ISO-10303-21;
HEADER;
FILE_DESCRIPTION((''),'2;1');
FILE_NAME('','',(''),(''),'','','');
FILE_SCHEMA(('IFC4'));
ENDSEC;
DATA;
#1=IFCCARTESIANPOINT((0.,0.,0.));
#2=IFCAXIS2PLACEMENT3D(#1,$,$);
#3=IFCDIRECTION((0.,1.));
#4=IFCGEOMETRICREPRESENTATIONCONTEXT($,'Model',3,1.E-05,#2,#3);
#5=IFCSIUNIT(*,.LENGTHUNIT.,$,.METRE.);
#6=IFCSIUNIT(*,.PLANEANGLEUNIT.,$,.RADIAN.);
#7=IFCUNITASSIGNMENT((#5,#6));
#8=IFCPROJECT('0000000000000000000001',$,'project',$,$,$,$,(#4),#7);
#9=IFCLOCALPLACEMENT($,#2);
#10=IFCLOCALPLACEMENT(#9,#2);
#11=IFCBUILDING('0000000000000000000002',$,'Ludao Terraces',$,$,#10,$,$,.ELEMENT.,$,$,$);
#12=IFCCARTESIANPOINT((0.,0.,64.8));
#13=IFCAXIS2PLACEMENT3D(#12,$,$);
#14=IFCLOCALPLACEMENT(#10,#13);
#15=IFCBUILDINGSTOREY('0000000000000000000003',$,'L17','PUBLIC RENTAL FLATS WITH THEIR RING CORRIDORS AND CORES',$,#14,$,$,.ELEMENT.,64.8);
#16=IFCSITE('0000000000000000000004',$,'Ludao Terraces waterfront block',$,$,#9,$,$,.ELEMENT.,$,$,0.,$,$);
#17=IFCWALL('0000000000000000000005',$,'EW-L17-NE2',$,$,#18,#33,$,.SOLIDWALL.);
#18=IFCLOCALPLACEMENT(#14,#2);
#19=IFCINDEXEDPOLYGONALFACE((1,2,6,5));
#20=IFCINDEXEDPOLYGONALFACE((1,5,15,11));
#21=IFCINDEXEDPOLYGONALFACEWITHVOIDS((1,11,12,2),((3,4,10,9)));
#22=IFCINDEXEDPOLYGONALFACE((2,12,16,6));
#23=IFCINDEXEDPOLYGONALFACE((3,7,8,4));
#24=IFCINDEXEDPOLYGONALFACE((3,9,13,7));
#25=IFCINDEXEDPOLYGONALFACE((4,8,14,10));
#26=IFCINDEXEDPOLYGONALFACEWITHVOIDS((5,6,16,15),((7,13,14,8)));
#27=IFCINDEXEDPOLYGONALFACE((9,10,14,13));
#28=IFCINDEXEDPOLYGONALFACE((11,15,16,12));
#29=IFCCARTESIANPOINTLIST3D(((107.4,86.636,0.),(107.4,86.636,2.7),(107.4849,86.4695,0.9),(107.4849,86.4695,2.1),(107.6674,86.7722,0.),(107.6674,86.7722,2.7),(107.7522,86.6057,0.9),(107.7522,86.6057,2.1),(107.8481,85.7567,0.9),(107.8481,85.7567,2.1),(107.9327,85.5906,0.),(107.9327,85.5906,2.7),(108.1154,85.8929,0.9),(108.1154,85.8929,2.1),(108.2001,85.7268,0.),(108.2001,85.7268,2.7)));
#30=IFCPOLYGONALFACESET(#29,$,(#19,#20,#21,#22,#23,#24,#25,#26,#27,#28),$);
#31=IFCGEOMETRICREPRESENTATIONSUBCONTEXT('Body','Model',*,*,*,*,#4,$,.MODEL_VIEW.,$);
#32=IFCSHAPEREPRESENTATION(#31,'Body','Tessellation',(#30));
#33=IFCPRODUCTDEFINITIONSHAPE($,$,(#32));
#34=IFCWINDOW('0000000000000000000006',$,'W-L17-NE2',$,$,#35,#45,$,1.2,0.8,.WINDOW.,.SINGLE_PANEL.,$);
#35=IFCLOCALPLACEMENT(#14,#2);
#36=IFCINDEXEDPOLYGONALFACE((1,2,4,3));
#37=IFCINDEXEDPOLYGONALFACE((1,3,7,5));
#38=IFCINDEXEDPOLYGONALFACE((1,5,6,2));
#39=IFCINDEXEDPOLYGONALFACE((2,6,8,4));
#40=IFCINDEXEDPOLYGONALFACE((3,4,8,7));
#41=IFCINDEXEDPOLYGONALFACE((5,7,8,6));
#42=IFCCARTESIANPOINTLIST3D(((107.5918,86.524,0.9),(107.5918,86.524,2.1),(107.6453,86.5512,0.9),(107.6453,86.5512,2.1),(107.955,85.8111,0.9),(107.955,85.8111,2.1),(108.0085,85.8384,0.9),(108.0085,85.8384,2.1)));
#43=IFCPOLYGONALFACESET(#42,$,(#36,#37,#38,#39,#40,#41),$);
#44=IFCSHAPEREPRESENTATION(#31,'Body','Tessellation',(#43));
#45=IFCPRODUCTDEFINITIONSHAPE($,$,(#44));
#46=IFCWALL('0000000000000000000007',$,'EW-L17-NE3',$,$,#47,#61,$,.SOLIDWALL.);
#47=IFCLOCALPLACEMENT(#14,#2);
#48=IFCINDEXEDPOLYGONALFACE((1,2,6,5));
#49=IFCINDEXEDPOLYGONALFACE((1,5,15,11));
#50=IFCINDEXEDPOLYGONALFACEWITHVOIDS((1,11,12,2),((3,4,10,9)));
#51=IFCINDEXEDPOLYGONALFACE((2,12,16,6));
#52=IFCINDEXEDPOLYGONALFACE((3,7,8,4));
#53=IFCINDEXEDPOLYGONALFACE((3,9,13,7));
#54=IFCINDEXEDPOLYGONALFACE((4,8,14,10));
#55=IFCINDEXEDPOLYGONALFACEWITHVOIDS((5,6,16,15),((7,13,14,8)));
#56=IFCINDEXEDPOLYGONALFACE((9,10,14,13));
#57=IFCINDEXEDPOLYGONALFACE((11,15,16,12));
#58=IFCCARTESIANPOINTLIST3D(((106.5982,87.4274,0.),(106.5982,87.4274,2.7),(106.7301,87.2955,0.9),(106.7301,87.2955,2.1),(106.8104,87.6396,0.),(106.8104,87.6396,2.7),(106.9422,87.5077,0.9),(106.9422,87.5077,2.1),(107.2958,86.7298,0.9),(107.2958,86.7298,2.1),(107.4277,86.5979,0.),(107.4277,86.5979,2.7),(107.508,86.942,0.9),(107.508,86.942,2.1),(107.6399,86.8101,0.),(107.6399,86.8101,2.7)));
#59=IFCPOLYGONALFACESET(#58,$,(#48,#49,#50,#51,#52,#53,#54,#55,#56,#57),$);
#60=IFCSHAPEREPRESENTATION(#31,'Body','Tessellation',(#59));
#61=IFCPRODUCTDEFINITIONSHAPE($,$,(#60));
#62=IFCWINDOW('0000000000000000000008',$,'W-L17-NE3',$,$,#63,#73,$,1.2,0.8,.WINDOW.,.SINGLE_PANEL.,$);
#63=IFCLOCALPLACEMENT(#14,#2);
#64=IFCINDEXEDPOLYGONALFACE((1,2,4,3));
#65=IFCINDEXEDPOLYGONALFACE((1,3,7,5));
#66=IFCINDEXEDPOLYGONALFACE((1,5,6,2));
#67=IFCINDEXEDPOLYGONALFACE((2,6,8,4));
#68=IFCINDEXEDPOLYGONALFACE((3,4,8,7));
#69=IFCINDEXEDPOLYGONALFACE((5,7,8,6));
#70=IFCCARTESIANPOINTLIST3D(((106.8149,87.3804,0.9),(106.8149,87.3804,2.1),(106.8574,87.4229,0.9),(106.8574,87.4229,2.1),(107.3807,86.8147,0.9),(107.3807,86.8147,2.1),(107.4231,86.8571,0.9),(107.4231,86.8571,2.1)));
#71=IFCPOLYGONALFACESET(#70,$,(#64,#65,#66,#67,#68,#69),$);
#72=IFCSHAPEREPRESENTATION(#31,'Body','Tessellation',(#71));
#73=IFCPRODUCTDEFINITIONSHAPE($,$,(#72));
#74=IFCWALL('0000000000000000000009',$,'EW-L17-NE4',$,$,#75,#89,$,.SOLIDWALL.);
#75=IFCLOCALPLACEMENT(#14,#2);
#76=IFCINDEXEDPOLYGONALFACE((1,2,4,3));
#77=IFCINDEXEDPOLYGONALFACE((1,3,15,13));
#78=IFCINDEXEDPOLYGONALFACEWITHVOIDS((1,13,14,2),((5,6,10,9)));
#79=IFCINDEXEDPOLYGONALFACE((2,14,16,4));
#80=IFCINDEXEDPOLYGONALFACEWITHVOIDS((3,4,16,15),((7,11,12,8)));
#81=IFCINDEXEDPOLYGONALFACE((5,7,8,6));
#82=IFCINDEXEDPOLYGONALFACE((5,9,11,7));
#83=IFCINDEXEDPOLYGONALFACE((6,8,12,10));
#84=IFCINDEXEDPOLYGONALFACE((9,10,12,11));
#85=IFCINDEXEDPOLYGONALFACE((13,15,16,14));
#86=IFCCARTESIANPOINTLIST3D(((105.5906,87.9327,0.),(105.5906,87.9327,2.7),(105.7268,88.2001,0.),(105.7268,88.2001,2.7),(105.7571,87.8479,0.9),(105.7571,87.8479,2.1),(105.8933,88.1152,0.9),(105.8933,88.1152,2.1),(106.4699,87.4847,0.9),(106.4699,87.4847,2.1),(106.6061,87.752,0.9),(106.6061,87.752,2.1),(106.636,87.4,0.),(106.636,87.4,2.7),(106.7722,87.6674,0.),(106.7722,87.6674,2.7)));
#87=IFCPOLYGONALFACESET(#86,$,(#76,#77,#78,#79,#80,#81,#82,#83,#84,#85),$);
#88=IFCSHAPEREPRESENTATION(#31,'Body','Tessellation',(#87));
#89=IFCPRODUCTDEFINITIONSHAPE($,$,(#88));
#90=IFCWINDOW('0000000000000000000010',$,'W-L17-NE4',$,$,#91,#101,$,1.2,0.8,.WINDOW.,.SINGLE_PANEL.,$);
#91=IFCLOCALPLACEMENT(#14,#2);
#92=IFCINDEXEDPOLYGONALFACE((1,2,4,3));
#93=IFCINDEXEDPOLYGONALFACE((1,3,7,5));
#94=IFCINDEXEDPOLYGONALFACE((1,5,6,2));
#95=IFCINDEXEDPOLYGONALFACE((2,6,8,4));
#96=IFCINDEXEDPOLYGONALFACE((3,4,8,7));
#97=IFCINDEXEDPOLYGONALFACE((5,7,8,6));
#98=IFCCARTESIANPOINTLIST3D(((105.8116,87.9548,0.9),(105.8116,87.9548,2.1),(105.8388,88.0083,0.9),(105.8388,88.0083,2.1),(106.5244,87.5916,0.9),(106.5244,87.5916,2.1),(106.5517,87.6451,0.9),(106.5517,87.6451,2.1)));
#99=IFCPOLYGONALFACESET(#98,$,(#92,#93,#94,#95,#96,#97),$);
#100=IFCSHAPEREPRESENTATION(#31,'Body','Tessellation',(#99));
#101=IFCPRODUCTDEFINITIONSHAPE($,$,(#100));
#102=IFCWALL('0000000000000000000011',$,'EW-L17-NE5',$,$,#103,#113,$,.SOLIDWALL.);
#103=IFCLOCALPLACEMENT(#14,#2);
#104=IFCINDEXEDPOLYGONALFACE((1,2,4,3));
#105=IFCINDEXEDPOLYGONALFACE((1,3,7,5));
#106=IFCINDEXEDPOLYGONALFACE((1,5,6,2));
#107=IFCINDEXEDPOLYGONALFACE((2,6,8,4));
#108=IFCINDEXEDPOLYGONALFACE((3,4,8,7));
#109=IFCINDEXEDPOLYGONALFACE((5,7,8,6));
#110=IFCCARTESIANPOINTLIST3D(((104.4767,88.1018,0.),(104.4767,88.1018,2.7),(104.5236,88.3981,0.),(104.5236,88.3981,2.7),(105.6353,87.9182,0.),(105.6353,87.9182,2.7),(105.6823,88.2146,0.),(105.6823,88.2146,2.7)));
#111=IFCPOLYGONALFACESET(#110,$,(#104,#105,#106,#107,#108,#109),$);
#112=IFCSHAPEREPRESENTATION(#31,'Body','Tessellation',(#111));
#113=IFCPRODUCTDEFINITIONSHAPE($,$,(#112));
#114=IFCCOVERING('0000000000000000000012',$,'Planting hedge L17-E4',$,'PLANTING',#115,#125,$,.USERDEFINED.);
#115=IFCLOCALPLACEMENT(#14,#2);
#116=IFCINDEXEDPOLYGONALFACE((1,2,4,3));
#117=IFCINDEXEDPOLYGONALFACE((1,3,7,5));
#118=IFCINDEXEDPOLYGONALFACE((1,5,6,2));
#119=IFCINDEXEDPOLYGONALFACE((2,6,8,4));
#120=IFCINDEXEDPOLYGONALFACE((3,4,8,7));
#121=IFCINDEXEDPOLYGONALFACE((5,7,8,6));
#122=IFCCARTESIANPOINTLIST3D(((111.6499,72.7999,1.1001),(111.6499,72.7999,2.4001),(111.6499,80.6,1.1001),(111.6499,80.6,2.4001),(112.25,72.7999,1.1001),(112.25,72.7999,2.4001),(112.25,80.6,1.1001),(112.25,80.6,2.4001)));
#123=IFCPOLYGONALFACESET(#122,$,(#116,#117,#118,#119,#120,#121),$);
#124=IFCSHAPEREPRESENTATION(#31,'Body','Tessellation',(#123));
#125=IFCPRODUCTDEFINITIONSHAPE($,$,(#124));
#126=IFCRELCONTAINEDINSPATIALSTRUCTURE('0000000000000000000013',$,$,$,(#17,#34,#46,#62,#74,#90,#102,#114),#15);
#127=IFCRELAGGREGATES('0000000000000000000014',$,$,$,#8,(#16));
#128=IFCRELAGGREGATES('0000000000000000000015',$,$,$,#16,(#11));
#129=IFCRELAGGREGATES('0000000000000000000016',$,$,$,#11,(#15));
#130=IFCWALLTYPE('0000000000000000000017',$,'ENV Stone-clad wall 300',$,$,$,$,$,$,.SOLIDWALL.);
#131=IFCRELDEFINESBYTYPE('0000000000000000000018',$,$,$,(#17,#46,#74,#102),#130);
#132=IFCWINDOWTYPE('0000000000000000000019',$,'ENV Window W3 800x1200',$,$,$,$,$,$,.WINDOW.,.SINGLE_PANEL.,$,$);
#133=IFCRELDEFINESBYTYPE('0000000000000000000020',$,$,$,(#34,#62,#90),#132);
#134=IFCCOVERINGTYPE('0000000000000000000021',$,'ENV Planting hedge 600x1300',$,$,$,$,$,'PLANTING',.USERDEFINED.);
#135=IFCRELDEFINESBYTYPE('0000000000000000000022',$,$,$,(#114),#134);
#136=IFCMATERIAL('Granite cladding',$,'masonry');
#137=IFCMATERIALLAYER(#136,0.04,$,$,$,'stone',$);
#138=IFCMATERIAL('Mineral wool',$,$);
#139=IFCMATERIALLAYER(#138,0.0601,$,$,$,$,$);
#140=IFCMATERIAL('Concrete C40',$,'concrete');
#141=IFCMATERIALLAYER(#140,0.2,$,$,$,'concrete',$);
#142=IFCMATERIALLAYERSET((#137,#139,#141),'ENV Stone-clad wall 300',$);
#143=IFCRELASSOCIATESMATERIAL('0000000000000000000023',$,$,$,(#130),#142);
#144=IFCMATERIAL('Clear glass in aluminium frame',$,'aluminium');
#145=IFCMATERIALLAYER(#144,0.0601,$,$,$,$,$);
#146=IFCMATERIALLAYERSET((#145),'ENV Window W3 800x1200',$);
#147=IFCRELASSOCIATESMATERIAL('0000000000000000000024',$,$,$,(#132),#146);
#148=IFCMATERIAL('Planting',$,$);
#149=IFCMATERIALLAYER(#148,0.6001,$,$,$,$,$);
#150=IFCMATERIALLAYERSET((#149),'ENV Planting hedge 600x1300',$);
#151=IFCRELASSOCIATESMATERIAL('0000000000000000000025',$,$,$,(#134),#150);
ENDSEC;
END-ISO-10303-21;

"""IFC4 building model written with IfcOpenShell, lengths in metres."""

from ifc_helpers import new_model, si_unit, direction, frame, frame_2d, origin, origin_2d, place, context, subcontext, project, spatial, rectangle, extrude, material, layer, layer_set, type_object, element, fill, save


model = new_model("IFC4")

# Units and contexts
model_context = context("Model", 3, precision=1e-05, world=origin(), true_north=direction((0.0, 1.0)))
body_context = subcontext(model_context, "Body", "Model", "MODEL_VIEW")
ifc_project = project(units=[si_unit("LENGTHUNIT", "METRE"), si_unit("PLANEANGLEUNIT", "RADIAN")], contexts=[model_context])

# Site, building, storey
site_placement = place(None, origin())
site = spatial("IfcSite", under=ifc_project, at=site_placement, Name="Ludao Terraces waterfront block", CompositionType="ELEMENT", RefElevation=0.0)
building_placement = place(site_placement, origin())
building = spatial("IfcBuilding", under=site, at=building_placement, Name="Ludao Terraces", CompositionType="ELEMENT")
storey_placement = place(building_placement, frame((0.0, 0.0, 64.8)))
storey = spatial("IfcBuildingStorey", under=building, at=storey_placement, Name="L17", Description="PUBLIC RENTAL FLATS WITH THEIR RING CORRIDORS AND CORES", CompositionType="ELEMENT", Elevation=64.8)

# Shared definitions
ifc_material_1 = material(Name="Concrete C40", Category="concrete")

# Shared definitions
ifc_material_2 = material(Name="Granite cladding", Category="masonry")
ifc_layer_1 = layer(ifc_material_2, 0.04, Category="stone")
ifc_material_3 = material(Name="Mineral wool")
ifc_layer_2 = layer(ifc_material_3, 0.0601)
ifc_layer_3 = layer(ifc_material_1, 0.2, Category="concrete")
ifc_layer_set_1 = layer_set([ifc_layer_1, ifc_layer_2, ifc_layer_3], Name="ENV Stone-clad wall 300")
wall_type_1 = type_object("IfcWallType", Name="ENV Stone-clad wall 300", PredefinedType="SOLIDWALL", material=ifc_layer_set_1)
ifc_material_4 = material(Name="Clear glass in aluminium frame", Category="aluminium")

# Walls, openings, windows
wall_1_placement = place(storey_placement, frame((108.0664, 85.6587, 0.0), z_axis=(0.0, 0.0, 1.0), x_axis=(-0.454026, 0.890989, 0.0)))
wall_1 = element("IfcWall", 1, at=wall_1_placement, inside=storey, type_object=wall_type_1, Name="EW-L17-NE2", PredefinedType="SOLIDWALL", context=body_context, shape_type="SweptSolid", body=[
    extrude(rectangle(XDim=1.1733, YDim=0.3, at=frame_2d((0.5867, 0.0))), origin(), (0.0, 0.0, 1.0), 2.7),
])
opening_1_placement = place(wall_1_placement, frame((0.1865, 0.0, 0.8999)))
opening_1 = element("IfcOpeningElement", 2, at=opening_1_placement, cuts=wall_1, PredefinedType="OPENING", context=body_context, shape_type="SweptSolid", body=[
    extrude(rectangle(XDim=0.8, YDim=1.2, at=frame_2d((0.3999, 0.6001))), frame((0.0, 0.1602, 0.0), z_axis=(0.0, -1.0, 0.0), x_axis=(1.0, 0.0, 0.0)), (0.0, 0.0, 1.0), 0.3201),
])
ifc_layer_4 = layer(ifc_material_4, 0.0601)
ifc_layer_set_2 = layer_set([ifc_layer_4], Name="ENV Window W3 800x1200")
window_type_1 = type_object("IfcWindowType", Name="ENV Window W3 800x1200", PartitioningType="SINGLE_PANEL", PredefinedType="WINDOW", material=ifc_layer_set_2)
window_1_placement = place(opening_1_placement, origin())
window_1 = element("IfcWindow", 3, at=window_1_placement, inside=storey, type_object=window_type_1, Name="W-L17-NE2", OverallHeight=1.2, OverallWidth=0.8, PartitioningType="SINGLE_PANEL", PredefinedType="WINDOW", context=body_context, shape_type="SweptSolid", body=[
    extrude(rectangle(XDim=0.8, YDim=1.2, at=frame_2d((0.3999, 0.6001))), frame((0.0, 0.03, 0.0), z_axis=(0.0, -1.0, 0.0), x_axis=(1.0, 0.0, 0.0)), (0.0, 0.0, 1.0), 0.0601),
])
fill(opening_1, window_1)
wall_2_placement = place(storey_placement, frame((107.5337, 86.7041, 0.0), z_axis=(0.0, 0.0, 1.0), x_axis=(-0.707107, 0.707107, 0.0)))
wall_2 = element("IfcWall", 4, at=wall_2_placement, inside=storey, type_object=wall_type_1, Name="EW-L17-NE3", PredefinedType="SOLIDWALL", context=body_context, shape_type="SweptSolid", body=[
    extrude(rectangle(XDim=1.1731, YDim=0.3, at=frame_2d((0.5864, 0.0))), origin(), (0.0, 0.0, 1.0), 2.7),
])
opening_2_placement = place(wall_2_placement, frame((0.1865, 0.0, 0.8999)))
opening_2 = element("IfcOpeningElement", 5, at=opening_2_placement, cuts=wall_2, PredefinedType="OPENING", context=body_context, shape_type="SweptSolid", body=[
    extrude(rectangle(XDim=0.8, YDim=1.2, at=frame_2d((0.3999, 0.6001))), frame((0.0, 0.1602, 0.0), z_axis=(0.0, -1.0, 0.0), x_axis=(1.0, 0.0, 0.0)), (0.0, 0.0, 1.0), 0.3201),
])
window_2_placement = place(opening_2_placement, origin())
window_2 = element("IfcWindow", 6, at=window_2_placement, inside=storey, type_object=window_type_1, Name="W-L17-NE3", OverallHeight=1.2, OverallWidth=0.8, PartitioningType="SINGLE_PANEL", PredefinedType="WINDOW", context=body_context, shape_type="SweptSolid", body=[
    extrude(rectangle(XDim=0.8, YDim=1.2, at=frame_2d((0.3999, 0.6001))), frame((0.0, 0.03, 0.0), z_axis=(0.0, -1.0, 0.0), x_axis=(1.0, 0.0, 0.0)), (0.0, 0.0, 1.0), 0.0601),
])
fill(opening_2, window_2)
wall_3_placement = place(storey_placement, frame((106.7041, 87.5337, 0.0), z_axis=(0.0, 0.0, 1.0), x_axis=(-0.890989, 0.454026, 0.0)))
wall_3 = element("IfcWall", 7, at=wall_3_placement, inside=storey, type_object=wall_type_1, Name="EW-L17-NE4", PredefinedType="SOLIDWALL", context=body_context, shape_type="SweptSolid", body=[
    extrude(rectangle(XDim=1.1733, YDim=0.3, at=frame_2d((0.5867, 0.0))), origin(), (0.0, 0.0, 1.0), 2.7),
])
opening_3_placement = place(wall_3_placement, frame((0.1865, 0.0, 0.8999)))
opening_3 = element("IfcOpeningElement", 8, at=opening_3_placement, cuts=wall_3, PredefinedType="OPENING", context=body_context, shape_type="SweptSolid", body=[
    extrude(rectangle(XDim=0.8, YDim=1.2, at=frame_2d((0.3999, 0.6001))), frame((0.0, 0.1602, 0.0), z_axis=(0.0, -1.0, 0.0), x_axis=(1.0, 0.0, 0.0)), (0.0, 0.0, 1.0), 0.3201),
])
window_3_placement = place(opening_3_placement, origin())
window_3 = element("IfcWindow", 9, at=window_3_placement, inside=storey, type_object=window_type_1, Name="W-L17-NE4", OverallHeight=1.2, OverallWidth=0.8, PartitioningType="SINGLE_PANEL", PredefinedType="WINDOW", context=body_context, shape_type="SweptSolid", body=[
    extrude(rectangle(XDim=0.8, YDim=1.2, at=frame_2d((0.3999, 0.6001))), frame((0.0, 0.03, 0.0), z_axis=(0.0, -1.0, 0.0), x_axis=(1.0, 0.0, 0.0)), (0.0, 0.0, 1.0), 0.0601),
])
fill(opening_3, window_3)

# Wall
wall_4_placement = place(storey_placement, frame((105.6587, 88.0664, 0.0), z_axis=(0.0, 0.0, 1.0), x_axis=(-0.987678, 0.156497, 0.0)))
element("IfcWall", 10, at=wall_4_placement, inside=storey, type_object=wall_type_1, Name="EW-L17-NE5", PredefinedType="SOLIDWALL", context=body_context, shape_type="SweptSolid", body=[
    extrude(rectangle(XDim=1.1731, YDim=0.3, at=frame_2d((0.5864, 0.0))), origin(), (0.0, 0.0, 1.0), 2.7),
])

# Covering
ifc_material_5 = material(Name="Planting")
ifc_layer_5 = layer(ifc_material_5, 0.6001)
ifc_layer_set_3 = layer_set([ifc_layer_5], Name="ENV Planting hedge 600x1300")
covering_type = type_object("IfcCoveringType", Name="ENV Planting hedge 600x1300", ElementType="PLANTING", PredefinedType="USERDEFINED", material=ifc_layer_set_3)
covering_placement = place(storey_placement, frame((111.95, 76.7, 1.1001), z_axis=(0.0, 0.0, 1.0), x_axis=(1.0, 0.0, 0.0)))
element("IfcCovering", 11, at=covering_placement, inside=storey, type_object=covering_type, Name="Planting hedge L17-E4", ObjectType="PLANTING", PredefinedType="USERDEFINED", context=body_context, shape_type="SweptSolid", body=[
    extrude(rectangle(XDim=0.6001, YDim=7.8, at=origin_2d()), origin(), (0.0, 0.0, 1.0), 1.3),
])

save(model, "model.ifc")
